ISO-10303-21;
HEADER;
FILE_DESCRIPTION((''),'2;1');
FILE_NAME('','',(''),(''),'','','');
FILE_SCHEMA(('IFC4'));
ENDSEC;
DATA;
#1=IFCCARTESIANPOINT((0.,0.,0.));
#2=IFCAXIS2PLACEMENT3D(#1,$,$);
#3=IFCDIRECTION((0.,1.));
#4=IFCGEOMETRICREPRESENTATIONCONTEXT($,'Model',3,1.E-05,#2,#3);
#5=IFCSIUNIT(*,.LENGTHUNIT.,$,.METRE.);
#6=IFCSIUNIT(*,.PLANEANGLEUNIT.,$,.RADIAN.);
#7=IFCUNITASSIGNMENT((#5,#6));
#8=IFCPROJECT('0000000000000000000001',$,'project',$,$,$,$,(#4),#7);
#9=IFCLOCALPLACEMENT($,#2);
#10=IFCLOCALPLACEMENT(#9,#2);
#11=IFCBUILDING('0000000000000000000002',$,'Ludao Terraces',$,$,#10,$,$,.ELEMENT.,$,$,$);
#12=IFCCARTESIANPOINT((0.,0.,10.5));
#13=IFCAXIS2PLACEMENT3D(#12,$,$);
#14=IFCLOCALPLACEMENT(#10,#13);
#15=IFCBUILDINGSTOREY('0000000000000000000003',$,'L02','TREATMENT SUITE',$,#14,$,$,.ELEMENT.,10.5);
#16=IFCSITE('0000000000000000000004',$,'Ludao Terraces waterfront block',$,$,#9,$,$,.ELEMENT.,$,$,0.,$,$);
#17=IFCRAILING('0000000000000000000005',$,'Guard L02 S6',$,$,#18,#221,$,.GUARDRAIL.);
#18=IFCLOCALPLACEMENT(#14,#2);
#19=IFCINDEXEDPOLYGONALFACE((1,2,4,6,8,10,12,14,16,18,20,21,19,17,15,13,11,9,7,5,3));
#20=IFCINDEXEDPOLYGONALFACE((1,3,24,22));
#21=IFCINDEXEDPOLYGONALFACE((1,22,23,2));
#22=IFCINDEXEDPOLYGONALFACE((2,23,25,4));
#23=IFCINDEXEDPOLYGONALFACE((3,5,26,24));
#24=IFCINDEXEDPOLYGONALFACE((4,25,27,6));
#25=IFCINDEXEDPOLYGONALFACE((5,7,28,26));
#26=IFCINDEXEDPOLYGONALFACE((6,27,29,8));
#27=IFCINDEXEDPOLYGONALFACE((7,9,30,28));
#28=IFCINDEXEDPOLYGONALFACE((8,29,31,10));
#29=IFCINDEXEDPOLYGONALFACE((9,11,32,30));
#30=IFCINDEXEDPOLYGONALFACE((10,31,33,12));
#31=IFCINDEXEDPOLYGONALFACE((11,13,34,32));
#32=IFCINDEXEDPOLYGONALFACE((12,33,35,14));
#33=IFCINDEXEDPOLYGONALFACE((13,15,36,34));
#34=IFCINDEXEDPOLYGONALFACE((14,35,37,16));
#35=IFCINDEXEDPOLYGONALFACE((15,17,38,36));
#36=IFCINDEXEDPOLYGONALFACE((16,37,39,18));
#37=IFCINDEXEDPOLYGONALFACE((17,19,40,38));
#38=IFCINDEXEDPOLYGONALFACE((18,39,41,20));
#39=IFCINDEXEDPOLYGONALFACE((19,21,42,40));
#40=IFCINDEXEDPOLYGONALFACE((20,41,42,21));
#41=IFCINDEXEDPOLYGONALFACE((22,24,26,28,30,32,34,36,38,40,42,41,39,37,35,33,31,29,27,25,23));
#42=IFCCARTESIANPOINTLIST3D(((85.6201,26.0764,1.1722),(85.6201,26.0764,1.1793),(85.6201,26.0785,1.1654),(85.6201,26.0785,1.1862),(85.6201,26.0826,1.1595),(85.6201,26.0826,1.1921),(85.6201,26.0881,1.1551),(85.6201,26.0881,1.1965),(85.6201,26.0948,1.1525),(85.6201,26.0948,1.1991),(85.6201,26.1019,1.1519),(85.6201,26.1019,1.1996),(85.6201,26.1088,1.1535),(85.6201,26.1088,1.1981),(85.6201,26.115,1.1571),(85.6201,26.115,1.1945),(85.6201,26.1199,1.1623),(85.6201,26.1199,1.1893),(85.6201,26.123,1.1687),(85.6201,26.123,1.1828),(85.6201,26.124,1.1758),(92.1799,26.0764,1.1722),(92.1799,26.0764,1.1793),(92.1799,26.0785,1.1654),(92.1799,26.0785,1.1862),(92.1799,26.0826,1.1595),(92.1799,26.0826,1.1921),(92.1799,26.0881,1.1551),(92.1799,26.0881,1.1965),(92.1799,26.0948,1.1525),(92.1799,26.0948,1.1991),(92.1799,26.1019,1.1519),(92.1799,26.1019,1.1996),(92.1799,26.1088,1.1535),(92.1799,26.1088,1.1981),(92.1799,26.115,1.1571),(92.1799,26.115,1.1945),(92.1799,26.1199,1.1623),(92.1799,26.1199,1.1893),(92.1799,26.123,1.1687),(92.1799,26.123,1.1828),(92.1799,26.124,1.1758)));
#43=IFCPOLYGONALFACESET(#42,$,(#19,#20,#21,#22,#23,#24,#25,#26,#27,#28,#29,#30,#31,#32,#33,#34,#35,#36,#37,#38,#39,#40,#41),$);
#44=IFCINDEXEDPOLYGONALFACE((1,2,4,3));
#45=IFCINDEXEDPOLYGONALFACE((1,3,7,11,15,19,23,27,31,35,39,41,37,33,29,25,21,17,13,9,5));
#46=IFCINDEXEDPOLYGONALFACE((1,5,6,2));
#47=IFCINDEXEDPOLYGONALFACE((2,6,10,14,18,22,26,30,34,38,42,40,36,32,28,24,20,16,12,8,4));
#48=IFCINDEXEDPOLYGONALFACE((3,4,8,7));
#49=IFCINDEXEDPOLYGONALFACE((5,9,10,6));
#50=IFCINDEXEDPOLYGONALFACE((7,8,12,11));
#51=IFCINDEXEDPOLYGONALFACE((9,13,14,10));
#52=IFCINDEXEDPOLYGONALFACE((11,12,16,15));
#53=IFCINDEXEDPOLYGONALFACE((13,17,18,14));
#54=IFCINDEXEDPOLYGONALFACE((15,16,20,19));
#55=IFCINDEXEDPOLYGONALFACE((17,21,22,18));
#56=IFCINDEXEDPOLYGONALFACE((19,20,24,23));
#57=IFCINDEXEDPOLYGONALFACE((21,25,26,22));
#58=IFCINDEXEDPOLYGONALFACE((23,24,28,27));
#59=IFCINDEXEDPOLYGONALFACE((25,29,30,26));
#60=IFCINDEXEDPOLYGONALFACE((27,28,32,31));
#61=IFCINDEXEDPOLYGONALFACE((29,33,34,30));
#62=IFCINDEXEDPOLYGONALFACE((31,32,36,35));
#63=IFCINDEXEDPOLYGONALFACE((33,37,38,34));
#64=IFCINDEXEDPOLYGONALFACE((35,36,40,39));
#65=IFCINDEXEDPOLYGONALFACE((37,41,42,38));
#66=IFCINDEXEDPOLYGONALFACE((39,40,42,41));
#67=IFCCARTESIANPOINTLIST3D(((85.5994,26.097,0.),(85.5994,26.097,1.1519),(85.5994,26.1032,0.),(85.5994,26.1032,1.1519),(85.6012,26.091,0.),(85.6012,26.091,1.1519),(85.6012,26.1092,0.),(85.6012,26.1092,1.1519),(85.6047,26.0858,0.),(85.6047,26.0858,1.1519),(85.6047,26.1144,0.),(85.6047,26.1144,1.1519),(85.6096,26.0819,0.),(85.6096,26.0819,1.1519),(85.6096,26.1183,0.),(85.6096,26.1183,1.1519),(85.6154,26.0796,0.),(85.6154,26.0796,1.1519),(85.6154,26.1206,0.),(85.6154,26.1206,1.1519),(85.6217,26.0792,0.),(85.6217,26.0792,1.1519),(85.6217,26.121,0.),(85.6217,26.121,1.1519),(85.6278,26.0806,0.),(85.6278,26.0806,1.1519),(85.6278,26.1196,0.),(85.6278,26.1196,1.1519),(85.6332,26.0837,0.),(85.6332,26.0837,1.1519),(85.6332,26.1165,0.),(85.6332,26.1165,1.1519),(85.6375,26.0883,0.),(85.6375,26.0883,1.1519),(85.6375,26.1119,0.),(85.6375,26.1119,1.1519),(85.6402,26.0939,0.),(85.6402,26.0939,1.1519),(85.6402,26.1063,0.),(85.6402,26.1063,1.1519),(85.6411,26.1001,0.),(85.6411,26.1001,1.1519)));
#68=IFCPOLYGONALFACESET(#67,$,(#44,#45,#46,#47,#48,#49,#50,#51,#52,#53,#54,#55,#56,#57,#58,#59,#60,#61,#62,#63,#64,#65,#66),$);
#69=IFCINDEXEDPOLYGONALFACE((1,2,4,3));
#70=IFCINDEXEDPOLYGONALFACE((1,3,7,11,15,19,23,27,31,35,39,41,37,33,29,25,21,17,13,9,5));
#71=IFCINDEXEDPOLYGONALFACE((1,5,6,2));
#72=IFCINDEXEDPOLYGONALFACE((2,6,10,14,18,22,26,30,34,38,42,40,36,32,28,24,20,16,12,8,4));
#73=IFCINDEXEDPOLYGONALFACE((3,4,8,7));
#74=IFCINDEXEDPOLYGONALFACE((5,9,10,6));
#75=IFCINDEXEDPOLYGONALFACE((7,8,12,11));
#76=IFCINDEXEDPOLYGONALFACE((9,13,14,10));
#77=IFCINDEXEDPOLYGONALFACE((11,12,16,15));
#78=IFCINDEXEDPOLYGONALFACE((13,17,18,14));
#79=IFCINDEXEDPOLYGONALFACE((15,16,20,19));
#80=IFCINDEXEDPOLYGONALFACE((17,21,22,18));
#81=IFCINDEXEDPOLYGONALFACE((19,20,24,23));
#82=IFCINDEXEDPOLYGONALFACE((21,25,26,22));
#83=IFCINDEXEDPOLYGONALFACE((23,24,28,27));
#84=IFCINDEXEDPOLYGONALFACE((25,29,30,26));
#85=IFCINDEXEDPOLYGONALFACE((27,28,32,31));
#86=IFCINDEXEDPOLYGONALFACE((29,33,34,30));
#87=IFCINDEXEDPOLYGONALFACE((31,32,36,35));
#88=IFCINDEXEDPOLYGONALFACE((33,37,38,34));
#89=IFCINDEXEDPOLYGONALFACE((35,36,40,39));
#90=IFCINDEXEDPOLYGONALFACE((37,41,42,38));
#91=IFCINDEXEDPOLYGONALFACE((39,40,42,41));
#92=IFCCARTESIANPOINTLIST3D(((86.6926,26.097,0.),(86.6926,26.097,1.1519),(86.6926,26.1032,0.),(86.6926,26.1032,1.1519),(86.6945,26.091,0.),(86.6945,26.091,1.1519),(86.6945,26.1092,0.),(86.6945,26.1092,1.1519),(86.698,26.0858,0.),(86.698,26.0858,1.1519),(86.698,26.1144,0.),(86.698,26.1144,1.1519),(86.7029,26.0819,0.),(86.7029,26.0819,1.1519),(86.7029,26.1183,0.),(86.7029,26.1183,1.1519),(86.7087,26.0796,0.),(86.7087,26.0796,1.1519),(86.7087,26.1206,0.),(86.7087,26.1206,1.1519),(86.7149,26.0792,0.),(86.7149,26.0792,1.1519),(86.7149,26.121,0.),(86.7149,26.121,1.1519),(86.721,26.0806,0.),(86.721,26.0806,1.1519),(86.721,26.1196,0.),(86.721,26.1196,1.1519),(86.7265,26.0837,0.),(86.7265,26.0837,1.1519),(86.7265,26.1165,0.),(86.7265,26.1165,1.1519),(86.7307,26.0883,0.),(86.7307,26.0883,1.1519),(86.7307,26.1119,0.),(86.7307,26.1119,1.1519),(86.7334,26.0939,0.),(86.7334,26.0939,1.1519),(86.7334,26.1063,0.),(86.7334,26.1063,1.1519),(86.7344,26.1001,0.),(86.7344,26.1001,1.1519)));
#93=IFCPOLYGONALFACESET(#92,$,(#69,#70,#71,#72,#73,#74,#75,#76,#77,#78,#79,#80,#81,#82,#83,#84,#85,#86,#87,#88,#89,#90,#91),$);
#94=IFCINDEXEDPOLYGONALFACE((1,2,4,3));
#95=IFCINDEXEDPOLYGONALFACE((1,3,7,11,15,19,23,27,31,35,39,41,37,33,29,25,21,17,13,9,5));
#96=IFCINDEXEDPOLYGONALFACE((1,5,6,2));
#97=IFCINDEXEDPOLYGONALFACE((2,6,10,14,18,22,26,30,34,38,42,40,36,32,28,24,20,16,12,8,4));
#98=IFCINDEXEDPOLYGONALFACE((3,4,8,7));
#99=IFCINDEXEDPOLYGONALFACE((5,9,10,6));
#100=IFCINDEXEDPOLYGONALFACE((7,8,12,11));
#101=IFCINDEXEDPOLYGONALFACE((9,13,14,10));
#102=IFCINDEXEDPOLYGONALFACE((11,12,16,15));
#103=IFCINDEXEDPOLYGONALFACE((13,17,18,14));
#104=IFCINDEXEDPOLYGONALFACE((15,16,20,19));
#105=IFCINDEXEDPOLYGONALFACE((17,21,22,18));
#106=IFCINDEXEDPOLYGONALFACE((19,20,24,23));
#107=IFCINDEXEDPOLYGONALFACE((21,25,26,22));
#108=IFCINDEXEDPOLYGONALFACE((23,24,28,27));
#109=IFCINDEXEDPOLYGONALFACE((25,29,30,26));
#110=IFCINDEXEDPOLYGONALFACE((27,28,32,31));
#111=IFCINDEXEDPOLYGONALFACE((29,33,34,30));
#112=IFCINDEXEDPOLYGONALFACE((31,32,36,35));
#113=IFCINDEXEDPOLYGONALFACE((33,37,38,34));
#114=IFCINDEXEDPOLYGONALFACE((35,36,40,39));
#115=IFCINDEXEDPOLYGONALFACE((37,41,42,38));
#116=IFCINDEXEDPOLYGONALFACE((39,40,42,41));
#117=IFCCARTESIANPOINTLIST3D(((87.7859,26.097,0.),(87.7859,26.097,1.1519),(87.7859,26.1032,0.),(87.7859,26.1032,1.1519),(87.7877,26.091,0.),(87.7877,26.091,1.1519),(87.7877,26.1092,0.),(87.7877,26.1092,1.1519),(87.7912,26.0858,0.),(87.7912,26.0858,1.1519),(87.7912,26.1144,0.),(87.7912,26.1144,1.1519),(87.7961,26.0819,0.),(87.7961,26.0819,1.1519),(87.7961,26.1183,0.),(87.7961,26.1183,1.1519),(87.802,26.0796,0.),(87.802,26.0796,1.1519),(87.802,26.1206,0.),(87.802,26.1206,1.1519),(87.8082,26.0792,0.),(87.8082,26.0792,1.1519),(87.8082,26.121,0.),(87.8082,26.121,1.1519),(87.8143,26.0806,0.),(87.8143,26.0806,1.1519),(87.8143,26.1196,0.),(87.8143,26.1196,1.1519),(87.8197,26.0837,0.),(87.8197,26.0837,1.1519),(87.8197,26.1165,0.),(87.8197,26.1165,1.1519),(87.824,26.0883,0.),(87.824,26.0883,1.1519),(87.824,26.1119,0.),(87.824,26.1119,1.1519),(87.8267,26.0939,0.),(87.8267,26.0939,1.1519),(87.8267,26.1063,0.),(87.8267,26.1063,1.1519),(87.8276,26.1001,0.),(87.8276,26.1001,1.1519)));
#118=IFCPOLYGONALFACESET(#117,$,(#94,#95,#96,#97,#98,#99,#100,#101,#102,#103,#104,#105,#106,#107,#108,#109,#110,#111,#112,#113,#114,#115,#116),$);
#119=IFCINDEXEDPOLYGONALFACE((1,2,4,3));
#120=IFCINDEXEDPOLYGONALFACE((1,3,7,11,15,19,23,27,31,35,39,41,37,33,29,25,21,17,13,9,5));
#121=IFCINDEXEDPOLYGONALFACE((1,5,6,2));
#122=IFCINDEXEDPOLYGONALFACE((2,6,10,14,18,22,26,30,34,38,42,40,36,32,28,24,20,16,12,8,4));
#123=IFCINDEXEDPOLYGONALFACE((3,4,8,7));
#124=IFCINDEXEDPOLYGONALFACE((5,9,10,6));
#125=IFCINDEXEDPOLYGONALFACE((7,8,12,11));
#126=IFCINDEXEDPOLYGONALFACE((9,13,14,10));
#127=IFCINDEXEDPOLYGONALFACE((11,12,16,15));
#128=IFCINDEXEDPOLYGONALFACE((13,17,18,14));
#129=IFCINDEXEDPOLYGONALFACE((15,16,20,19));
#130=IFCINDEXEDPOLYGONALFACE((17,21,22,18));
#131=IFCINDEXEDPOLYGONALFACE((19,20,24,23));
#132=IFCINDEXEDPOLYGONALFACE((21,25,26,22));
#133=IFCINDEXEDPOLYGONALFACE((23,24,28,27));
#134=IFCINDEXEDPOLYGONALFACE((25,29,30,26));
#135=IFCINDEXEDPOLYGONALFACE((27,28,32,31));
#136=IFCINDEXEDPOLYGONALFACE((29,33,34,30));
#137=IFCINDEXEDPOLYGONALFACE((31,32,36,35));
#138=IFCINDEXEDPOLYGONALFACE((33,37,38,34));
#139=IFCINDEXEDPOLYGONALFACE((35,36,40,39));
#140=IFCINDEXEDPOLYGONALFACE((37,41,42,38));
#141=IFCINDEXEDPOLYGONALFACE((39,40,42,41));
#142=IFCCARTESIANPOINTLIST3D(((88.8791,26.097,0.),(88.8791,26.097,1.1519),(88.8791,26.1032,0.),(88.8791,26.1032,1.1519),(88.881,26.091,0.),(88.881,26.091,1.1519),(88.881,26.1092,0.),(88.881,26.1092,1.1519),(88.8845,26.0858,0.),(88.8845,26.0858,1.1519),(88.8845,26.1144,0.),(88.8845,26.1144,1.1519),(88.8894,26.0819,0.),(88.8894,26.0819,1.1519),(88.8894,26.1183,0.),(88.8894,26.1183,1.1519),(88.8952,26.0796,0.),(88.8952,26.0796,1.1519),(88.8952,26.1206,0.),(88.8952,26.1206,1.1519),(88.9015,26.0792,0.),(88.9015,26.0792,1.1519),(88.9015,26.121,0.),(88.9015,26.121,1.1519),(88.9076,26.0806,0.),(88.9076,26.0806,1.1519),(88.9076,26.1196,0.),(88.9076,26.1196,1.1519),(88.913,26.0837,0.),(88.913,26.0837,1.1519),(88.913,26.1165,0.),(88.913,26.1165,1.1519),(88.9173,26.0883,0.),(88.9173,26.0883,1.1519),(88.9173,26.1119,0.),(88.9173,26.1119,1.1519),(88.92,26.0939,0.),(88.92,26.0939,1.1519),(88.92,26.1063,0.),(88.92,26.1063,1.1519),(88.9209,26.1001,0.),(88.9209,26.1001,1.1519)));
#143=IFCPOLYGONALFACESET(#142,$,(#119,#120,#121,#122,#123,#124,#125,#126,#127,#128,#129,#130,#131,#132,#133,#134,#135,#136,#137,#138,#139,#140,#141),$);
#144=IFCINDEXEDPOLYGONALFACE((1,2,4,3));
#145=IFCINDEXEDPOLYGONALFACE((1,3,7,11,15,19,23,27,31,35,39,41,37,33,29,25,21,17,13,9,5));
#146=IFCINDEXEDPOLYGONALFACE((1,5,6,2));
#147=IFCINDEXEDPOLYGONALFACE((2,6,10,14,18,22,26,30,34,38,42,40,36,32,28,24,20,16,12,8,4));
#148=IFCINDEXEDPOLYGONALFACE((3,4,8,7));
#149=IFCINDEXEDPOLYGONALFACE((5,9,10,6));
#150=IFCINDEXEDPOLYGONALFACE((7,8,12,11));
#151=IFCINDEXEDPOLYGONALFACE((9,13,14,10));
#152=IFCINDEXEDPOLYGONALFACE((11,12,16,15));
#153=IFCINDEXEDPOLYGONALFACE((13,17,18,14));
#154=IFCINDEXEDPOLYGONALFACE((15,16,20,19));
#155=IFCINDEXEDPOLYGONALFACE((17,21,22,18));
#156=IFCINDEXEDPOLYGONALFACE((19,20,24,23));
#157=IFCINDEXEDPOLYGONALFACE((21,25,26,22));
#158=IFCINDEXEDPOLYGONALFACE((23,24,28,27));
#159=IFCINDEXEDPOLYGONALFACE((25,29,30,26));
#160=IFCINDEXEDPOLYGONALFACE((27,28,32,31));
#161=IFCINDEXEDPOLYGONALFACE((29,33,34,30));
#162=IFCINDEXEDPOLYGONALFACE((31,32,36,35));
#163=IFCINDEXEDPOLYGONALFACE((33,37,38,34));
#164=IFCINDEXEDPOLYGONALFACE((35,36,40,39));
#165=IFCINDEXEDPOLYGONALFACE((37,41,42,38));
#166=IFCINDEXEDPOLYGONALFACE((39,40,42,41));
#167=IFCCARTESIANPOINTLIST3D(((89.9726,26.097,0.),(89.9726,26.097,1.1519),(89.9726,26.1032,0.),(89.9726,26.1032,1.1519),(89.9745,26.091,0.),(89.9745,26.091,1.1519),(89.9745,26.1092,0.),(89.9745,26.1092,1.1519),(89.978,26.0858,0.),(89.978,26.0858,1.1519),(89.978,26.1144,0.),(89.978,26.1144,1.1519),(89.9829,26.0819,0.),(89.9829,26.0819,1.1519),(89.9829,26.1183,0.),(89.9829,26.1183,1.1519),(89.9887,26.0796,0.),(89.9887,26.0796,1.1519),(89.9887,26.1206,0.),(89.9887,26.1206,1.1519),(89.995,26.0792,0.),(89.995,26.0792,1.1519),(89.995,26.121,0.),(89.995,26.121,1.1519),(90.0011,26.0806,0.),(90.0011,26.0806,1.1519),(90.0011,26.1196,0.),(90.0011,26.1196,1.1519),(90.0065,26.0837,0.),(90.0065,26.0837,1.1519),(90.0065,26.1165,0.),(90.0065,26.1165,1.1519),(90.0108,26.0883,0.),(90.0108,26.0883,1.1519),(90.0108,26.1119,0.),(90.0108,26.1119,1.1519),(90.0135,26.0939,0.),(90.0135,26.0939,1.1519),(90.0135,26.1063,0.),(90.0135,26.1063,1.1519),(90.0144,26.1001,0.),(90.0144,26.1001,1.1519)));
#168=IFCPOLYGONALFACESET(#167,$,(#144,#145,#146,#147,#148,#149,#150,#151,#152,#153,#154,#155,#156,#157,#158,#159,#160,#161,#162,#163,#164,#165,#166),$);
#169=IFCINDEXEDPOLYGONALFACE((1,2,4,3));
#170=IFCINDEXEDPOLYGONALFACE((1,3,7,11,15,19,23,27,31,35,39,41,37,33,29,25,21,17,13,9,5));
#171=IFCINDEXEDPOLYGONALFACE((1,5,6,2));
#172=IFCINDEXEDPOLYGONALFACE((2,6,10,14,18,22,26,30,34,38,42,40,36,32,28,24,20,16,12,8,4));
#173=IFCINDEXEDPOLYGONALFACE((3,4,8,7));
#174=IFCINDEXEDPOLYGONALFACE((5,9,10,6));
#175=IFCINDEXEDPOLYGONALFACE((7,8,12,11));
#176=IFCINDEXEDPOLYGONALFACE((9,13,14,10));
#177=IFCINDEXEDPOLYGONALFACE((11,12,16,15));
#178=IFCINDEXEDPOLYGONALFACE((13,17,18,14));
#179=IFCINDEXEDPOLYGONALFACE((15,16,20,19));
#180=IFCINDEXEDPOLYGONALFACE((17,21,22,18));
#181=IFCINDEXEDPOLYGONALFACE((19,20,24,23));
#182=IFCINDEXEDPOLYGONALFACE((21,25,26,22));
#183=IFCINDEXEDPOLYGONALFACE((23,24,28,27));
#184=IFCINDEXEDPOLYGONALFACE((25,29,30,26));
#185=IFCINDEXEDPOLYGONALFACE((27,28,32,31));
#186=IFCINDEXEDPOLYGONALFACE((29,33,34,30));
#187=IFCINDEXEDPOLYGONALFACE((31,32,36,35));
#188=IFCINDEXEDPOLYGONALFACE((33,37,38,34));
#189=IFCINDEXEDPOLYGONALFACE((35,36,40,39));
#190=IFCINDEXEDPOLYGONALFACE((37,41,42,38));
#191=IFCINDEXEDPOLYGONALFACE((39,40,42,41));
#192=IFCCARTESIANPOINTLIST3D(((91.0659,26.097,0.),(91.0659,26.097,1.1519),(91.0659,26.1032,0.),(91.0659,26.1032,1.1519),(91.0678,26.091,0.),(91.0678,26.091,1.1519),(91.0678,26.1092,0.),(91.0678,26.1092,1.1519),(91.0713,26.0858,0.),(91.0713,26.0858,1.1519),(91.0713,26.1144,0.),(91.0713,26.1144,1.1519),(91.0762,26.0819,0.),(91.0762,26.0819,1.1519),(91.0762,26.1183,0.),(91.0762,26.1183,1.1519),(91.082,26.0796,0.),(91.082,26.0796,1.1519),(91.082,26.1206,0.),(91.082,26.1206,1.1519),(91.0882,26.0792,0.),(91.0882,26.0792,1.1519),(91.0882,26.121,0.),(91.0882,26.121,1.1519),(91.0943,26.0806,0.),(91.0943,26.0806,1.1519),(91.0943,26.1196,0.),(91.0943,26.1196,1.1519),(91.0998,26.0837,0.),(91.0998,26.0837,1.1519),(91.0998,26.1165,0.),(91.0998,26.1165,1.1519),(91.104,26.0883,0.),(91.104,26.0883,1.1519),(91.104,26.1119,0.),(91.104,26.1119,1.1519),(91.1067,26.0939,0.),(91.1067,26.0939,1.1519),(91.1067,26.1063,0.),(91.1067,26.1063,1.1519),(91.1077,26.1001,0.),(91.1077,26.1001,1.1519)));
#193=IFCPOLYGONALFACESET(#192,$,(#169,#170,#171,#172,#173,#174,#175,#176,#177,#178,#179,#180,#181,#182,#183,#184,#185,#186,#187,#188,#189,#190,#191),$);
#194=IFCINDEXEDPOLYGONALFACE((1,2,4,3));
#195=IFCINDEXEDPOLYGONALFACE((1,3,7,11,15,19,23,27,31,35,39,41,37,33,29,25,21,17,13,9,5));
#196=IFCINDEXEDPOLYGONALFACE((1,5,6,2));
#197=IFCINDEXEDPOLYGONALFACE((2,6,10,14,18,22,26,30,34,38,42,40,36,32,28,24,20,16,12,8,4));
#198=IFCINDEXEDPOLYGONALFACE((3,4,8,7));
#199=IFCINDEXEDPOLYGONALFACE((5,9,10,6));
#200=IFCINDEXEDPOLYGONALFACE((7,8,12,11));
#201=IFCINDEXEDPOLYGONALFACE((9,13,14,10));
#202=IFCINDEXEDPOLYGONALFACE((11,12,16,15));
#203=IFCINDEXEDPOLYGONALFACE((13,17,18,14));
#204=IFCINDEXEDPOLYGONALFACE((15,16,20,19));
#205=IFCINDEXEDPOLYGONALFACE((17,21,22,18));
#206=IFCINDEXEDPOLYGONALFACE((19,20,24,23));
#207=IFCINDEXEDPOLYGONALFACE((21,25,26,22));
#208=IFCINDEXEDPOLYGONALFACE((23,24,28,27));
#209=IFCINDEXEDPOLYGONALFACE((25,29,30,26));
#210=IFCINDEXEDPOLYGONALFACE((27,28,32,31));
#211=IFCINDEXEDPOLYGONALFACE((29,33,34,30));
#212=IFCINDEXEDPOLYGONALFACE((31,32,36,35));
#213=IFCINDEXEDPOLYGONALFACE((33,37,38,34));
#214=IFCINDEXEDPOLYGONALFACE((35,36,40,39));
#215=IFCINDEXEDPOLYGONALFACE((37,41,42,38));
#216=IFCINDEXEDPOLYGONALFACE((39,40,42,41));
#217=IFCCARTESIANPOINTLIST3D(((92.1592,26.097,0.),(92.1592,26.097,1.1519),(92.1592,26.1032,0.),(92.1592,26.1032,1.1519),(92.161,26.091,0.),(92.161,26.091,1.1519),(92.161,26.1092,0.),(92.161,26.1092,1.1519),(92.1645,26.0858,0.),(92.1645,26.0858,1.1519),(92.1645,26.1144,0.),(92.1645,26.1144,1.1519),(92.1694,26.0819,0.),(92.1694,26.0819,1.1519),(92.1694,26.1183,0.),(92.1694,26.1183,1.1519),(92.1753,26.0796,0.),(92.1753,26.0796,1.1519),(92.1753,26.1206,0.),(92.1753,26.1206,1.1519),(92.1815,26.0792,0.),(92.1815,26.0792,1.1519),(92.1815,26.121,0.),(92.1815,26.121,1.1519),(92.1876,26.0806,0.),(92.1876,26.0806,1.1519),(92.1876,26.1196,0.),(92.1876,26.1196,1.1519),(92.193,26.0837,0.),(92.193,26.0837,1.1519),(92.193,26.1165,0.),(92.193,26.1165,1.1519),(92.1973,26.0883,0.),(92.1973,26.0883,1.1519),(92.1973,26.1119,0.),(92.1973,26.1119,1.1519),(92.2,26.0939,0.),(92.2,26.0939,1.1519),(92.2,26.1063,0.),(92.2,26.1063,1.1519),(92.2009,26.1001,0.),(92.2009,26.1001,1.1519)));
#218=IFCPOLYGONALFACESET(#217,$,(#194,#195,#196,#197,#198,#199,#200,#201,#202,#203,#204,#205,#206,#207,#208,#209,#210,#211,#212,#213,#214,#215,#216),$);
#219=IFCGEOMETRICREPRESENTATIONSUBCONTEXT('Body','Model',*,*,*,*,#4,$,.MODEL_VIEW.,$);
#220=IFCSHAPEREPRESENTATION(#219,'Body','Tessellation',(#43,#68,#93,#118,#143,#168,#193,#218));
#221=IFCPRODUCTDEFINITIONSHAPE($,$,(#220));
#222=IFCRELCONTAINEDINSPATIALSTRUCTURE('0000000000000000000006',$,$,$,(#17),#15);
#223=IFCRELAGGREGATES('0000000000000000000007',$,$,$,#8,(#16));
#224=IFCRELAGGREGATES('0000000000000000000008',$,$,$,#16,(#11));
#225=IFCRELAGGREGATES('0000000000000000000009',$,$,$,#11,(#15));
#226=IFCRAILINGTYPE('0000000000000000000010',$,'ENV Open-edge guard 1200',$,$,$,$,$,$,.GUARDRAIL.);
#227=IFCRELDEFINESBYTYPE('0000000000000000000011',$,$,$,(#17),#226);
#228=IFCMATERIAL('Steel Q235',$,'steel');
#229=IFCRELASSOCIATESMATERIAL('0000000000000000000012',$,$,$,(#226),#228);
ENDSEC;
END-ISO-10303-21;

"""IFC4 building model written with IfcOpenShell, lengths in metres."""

from ifc_helpers import new_model, si_unit, direction, frame, origin, origin_2d, place, context, subcontext, project, spatial, circle, extrude, material, type_object, element, save


model = new_model("IFC4")

# Units and contexts
model_context = context("Model", 3, precision=1e-05, world=origin(), true_north=direction((0.0, 1.0)))
body_context = subcontext(model_context, "Body", "Model", "MODEL_VIEW")
ifc_project = project(units=[si_unit("LENGTHUNIT", "METRE"), si_unit("PLANEANGLEUNIT", "RADIAN")], contexts=[model_context])

# Site, building, storey
site_placement = place(None, origin())
site = spatial("IfcSite", under=ifc_project, at=site_placement, Name="Ludao Terraces waterfront block", CompositionType="ELEMENT", RefElevation=0.0)
building_placement = place(site_placement, origin())
building = spatial("IfcBuilding", under=site, at=building_placement, Name="Ludao Terraces", CompositionType="ELEMENT")
storey_placement = place(building_placement, frame((0.0, 0.0, 10.5)))
storey = spatial("IfcBuildingStorey", under=building, at=storey_placement, Name="L02", Description="TREATMENT SUITE", CompositionType="ELEMENT", Elevation=10.5)

# Shared definitions
ifc_material_1 = material(Name="Steel Q235", Category="steel")

# Railing
railing_type = type_object("IfcRailingType", Name="ENV Open-edge guard 1200", PredefinedType="GUARDRAIL", material=ifc_material_1)
railing_1_placement = place(storey_placement, frame((85.6201, 26.1001, 0.0)))
element("IfcRailing", 1, at=railing_1_placement, inside=storey, type_object=railing_type, Name="Guard L02 S6", PredefinedType="GUARDRAIL", context=body_context, shape_type="SweptSolid", body=[
    extrude(circle(Radius=0.0239, at=origin_2d()), frame((0.0, 0.0, 1.1758), z_axis=(1.0, 0.0, 0.0), x_axis=(0.0, 1.0, 0.0)), (0.0, 0.0, 1.0), 6.5598),
    extrude(circle(Radius=0.021, at=origin_2d()), origin(), (0.0, 0.0, 1.0), 1.1519),
    extrude(circle(Radius=0.021, at=origin_2d()), frame((1.0933, 0.0, 0.0)), (0.0, 0.0, 1.0), 1.1519),
    extrude(circle(Radius=0.021, at=origin_2d()), frame((2.1865, 0.0, 0.0)), (0.0, 0.0, 1.0), 1.1519),
    extrude(circle(Radius=0.021, at=origin_2d()), frame((3.2798, 0.0, 0.0)), (0.0, 0.0, 1.0), 1.1519),
    extrude(circle(Radius=0.021, at=origin_2d()), frame((4.3733, 0.0, 0.0)), (0.0, 0.0, 1.0), 1.1519),
    extrude(circle(Radius=0.021, at=origin_2d()), frame((5.4666, 0.0, 0.0)), (0.0, 0.0, 1.0), 1.1519),
    extrude(circle(Radius=0.021, at=origin_2d()), frame((6.5598, 0.0, 0.0)), (0.0, 0.0, 1.0), 1.1519),
])

save(model, "model.ifc")
